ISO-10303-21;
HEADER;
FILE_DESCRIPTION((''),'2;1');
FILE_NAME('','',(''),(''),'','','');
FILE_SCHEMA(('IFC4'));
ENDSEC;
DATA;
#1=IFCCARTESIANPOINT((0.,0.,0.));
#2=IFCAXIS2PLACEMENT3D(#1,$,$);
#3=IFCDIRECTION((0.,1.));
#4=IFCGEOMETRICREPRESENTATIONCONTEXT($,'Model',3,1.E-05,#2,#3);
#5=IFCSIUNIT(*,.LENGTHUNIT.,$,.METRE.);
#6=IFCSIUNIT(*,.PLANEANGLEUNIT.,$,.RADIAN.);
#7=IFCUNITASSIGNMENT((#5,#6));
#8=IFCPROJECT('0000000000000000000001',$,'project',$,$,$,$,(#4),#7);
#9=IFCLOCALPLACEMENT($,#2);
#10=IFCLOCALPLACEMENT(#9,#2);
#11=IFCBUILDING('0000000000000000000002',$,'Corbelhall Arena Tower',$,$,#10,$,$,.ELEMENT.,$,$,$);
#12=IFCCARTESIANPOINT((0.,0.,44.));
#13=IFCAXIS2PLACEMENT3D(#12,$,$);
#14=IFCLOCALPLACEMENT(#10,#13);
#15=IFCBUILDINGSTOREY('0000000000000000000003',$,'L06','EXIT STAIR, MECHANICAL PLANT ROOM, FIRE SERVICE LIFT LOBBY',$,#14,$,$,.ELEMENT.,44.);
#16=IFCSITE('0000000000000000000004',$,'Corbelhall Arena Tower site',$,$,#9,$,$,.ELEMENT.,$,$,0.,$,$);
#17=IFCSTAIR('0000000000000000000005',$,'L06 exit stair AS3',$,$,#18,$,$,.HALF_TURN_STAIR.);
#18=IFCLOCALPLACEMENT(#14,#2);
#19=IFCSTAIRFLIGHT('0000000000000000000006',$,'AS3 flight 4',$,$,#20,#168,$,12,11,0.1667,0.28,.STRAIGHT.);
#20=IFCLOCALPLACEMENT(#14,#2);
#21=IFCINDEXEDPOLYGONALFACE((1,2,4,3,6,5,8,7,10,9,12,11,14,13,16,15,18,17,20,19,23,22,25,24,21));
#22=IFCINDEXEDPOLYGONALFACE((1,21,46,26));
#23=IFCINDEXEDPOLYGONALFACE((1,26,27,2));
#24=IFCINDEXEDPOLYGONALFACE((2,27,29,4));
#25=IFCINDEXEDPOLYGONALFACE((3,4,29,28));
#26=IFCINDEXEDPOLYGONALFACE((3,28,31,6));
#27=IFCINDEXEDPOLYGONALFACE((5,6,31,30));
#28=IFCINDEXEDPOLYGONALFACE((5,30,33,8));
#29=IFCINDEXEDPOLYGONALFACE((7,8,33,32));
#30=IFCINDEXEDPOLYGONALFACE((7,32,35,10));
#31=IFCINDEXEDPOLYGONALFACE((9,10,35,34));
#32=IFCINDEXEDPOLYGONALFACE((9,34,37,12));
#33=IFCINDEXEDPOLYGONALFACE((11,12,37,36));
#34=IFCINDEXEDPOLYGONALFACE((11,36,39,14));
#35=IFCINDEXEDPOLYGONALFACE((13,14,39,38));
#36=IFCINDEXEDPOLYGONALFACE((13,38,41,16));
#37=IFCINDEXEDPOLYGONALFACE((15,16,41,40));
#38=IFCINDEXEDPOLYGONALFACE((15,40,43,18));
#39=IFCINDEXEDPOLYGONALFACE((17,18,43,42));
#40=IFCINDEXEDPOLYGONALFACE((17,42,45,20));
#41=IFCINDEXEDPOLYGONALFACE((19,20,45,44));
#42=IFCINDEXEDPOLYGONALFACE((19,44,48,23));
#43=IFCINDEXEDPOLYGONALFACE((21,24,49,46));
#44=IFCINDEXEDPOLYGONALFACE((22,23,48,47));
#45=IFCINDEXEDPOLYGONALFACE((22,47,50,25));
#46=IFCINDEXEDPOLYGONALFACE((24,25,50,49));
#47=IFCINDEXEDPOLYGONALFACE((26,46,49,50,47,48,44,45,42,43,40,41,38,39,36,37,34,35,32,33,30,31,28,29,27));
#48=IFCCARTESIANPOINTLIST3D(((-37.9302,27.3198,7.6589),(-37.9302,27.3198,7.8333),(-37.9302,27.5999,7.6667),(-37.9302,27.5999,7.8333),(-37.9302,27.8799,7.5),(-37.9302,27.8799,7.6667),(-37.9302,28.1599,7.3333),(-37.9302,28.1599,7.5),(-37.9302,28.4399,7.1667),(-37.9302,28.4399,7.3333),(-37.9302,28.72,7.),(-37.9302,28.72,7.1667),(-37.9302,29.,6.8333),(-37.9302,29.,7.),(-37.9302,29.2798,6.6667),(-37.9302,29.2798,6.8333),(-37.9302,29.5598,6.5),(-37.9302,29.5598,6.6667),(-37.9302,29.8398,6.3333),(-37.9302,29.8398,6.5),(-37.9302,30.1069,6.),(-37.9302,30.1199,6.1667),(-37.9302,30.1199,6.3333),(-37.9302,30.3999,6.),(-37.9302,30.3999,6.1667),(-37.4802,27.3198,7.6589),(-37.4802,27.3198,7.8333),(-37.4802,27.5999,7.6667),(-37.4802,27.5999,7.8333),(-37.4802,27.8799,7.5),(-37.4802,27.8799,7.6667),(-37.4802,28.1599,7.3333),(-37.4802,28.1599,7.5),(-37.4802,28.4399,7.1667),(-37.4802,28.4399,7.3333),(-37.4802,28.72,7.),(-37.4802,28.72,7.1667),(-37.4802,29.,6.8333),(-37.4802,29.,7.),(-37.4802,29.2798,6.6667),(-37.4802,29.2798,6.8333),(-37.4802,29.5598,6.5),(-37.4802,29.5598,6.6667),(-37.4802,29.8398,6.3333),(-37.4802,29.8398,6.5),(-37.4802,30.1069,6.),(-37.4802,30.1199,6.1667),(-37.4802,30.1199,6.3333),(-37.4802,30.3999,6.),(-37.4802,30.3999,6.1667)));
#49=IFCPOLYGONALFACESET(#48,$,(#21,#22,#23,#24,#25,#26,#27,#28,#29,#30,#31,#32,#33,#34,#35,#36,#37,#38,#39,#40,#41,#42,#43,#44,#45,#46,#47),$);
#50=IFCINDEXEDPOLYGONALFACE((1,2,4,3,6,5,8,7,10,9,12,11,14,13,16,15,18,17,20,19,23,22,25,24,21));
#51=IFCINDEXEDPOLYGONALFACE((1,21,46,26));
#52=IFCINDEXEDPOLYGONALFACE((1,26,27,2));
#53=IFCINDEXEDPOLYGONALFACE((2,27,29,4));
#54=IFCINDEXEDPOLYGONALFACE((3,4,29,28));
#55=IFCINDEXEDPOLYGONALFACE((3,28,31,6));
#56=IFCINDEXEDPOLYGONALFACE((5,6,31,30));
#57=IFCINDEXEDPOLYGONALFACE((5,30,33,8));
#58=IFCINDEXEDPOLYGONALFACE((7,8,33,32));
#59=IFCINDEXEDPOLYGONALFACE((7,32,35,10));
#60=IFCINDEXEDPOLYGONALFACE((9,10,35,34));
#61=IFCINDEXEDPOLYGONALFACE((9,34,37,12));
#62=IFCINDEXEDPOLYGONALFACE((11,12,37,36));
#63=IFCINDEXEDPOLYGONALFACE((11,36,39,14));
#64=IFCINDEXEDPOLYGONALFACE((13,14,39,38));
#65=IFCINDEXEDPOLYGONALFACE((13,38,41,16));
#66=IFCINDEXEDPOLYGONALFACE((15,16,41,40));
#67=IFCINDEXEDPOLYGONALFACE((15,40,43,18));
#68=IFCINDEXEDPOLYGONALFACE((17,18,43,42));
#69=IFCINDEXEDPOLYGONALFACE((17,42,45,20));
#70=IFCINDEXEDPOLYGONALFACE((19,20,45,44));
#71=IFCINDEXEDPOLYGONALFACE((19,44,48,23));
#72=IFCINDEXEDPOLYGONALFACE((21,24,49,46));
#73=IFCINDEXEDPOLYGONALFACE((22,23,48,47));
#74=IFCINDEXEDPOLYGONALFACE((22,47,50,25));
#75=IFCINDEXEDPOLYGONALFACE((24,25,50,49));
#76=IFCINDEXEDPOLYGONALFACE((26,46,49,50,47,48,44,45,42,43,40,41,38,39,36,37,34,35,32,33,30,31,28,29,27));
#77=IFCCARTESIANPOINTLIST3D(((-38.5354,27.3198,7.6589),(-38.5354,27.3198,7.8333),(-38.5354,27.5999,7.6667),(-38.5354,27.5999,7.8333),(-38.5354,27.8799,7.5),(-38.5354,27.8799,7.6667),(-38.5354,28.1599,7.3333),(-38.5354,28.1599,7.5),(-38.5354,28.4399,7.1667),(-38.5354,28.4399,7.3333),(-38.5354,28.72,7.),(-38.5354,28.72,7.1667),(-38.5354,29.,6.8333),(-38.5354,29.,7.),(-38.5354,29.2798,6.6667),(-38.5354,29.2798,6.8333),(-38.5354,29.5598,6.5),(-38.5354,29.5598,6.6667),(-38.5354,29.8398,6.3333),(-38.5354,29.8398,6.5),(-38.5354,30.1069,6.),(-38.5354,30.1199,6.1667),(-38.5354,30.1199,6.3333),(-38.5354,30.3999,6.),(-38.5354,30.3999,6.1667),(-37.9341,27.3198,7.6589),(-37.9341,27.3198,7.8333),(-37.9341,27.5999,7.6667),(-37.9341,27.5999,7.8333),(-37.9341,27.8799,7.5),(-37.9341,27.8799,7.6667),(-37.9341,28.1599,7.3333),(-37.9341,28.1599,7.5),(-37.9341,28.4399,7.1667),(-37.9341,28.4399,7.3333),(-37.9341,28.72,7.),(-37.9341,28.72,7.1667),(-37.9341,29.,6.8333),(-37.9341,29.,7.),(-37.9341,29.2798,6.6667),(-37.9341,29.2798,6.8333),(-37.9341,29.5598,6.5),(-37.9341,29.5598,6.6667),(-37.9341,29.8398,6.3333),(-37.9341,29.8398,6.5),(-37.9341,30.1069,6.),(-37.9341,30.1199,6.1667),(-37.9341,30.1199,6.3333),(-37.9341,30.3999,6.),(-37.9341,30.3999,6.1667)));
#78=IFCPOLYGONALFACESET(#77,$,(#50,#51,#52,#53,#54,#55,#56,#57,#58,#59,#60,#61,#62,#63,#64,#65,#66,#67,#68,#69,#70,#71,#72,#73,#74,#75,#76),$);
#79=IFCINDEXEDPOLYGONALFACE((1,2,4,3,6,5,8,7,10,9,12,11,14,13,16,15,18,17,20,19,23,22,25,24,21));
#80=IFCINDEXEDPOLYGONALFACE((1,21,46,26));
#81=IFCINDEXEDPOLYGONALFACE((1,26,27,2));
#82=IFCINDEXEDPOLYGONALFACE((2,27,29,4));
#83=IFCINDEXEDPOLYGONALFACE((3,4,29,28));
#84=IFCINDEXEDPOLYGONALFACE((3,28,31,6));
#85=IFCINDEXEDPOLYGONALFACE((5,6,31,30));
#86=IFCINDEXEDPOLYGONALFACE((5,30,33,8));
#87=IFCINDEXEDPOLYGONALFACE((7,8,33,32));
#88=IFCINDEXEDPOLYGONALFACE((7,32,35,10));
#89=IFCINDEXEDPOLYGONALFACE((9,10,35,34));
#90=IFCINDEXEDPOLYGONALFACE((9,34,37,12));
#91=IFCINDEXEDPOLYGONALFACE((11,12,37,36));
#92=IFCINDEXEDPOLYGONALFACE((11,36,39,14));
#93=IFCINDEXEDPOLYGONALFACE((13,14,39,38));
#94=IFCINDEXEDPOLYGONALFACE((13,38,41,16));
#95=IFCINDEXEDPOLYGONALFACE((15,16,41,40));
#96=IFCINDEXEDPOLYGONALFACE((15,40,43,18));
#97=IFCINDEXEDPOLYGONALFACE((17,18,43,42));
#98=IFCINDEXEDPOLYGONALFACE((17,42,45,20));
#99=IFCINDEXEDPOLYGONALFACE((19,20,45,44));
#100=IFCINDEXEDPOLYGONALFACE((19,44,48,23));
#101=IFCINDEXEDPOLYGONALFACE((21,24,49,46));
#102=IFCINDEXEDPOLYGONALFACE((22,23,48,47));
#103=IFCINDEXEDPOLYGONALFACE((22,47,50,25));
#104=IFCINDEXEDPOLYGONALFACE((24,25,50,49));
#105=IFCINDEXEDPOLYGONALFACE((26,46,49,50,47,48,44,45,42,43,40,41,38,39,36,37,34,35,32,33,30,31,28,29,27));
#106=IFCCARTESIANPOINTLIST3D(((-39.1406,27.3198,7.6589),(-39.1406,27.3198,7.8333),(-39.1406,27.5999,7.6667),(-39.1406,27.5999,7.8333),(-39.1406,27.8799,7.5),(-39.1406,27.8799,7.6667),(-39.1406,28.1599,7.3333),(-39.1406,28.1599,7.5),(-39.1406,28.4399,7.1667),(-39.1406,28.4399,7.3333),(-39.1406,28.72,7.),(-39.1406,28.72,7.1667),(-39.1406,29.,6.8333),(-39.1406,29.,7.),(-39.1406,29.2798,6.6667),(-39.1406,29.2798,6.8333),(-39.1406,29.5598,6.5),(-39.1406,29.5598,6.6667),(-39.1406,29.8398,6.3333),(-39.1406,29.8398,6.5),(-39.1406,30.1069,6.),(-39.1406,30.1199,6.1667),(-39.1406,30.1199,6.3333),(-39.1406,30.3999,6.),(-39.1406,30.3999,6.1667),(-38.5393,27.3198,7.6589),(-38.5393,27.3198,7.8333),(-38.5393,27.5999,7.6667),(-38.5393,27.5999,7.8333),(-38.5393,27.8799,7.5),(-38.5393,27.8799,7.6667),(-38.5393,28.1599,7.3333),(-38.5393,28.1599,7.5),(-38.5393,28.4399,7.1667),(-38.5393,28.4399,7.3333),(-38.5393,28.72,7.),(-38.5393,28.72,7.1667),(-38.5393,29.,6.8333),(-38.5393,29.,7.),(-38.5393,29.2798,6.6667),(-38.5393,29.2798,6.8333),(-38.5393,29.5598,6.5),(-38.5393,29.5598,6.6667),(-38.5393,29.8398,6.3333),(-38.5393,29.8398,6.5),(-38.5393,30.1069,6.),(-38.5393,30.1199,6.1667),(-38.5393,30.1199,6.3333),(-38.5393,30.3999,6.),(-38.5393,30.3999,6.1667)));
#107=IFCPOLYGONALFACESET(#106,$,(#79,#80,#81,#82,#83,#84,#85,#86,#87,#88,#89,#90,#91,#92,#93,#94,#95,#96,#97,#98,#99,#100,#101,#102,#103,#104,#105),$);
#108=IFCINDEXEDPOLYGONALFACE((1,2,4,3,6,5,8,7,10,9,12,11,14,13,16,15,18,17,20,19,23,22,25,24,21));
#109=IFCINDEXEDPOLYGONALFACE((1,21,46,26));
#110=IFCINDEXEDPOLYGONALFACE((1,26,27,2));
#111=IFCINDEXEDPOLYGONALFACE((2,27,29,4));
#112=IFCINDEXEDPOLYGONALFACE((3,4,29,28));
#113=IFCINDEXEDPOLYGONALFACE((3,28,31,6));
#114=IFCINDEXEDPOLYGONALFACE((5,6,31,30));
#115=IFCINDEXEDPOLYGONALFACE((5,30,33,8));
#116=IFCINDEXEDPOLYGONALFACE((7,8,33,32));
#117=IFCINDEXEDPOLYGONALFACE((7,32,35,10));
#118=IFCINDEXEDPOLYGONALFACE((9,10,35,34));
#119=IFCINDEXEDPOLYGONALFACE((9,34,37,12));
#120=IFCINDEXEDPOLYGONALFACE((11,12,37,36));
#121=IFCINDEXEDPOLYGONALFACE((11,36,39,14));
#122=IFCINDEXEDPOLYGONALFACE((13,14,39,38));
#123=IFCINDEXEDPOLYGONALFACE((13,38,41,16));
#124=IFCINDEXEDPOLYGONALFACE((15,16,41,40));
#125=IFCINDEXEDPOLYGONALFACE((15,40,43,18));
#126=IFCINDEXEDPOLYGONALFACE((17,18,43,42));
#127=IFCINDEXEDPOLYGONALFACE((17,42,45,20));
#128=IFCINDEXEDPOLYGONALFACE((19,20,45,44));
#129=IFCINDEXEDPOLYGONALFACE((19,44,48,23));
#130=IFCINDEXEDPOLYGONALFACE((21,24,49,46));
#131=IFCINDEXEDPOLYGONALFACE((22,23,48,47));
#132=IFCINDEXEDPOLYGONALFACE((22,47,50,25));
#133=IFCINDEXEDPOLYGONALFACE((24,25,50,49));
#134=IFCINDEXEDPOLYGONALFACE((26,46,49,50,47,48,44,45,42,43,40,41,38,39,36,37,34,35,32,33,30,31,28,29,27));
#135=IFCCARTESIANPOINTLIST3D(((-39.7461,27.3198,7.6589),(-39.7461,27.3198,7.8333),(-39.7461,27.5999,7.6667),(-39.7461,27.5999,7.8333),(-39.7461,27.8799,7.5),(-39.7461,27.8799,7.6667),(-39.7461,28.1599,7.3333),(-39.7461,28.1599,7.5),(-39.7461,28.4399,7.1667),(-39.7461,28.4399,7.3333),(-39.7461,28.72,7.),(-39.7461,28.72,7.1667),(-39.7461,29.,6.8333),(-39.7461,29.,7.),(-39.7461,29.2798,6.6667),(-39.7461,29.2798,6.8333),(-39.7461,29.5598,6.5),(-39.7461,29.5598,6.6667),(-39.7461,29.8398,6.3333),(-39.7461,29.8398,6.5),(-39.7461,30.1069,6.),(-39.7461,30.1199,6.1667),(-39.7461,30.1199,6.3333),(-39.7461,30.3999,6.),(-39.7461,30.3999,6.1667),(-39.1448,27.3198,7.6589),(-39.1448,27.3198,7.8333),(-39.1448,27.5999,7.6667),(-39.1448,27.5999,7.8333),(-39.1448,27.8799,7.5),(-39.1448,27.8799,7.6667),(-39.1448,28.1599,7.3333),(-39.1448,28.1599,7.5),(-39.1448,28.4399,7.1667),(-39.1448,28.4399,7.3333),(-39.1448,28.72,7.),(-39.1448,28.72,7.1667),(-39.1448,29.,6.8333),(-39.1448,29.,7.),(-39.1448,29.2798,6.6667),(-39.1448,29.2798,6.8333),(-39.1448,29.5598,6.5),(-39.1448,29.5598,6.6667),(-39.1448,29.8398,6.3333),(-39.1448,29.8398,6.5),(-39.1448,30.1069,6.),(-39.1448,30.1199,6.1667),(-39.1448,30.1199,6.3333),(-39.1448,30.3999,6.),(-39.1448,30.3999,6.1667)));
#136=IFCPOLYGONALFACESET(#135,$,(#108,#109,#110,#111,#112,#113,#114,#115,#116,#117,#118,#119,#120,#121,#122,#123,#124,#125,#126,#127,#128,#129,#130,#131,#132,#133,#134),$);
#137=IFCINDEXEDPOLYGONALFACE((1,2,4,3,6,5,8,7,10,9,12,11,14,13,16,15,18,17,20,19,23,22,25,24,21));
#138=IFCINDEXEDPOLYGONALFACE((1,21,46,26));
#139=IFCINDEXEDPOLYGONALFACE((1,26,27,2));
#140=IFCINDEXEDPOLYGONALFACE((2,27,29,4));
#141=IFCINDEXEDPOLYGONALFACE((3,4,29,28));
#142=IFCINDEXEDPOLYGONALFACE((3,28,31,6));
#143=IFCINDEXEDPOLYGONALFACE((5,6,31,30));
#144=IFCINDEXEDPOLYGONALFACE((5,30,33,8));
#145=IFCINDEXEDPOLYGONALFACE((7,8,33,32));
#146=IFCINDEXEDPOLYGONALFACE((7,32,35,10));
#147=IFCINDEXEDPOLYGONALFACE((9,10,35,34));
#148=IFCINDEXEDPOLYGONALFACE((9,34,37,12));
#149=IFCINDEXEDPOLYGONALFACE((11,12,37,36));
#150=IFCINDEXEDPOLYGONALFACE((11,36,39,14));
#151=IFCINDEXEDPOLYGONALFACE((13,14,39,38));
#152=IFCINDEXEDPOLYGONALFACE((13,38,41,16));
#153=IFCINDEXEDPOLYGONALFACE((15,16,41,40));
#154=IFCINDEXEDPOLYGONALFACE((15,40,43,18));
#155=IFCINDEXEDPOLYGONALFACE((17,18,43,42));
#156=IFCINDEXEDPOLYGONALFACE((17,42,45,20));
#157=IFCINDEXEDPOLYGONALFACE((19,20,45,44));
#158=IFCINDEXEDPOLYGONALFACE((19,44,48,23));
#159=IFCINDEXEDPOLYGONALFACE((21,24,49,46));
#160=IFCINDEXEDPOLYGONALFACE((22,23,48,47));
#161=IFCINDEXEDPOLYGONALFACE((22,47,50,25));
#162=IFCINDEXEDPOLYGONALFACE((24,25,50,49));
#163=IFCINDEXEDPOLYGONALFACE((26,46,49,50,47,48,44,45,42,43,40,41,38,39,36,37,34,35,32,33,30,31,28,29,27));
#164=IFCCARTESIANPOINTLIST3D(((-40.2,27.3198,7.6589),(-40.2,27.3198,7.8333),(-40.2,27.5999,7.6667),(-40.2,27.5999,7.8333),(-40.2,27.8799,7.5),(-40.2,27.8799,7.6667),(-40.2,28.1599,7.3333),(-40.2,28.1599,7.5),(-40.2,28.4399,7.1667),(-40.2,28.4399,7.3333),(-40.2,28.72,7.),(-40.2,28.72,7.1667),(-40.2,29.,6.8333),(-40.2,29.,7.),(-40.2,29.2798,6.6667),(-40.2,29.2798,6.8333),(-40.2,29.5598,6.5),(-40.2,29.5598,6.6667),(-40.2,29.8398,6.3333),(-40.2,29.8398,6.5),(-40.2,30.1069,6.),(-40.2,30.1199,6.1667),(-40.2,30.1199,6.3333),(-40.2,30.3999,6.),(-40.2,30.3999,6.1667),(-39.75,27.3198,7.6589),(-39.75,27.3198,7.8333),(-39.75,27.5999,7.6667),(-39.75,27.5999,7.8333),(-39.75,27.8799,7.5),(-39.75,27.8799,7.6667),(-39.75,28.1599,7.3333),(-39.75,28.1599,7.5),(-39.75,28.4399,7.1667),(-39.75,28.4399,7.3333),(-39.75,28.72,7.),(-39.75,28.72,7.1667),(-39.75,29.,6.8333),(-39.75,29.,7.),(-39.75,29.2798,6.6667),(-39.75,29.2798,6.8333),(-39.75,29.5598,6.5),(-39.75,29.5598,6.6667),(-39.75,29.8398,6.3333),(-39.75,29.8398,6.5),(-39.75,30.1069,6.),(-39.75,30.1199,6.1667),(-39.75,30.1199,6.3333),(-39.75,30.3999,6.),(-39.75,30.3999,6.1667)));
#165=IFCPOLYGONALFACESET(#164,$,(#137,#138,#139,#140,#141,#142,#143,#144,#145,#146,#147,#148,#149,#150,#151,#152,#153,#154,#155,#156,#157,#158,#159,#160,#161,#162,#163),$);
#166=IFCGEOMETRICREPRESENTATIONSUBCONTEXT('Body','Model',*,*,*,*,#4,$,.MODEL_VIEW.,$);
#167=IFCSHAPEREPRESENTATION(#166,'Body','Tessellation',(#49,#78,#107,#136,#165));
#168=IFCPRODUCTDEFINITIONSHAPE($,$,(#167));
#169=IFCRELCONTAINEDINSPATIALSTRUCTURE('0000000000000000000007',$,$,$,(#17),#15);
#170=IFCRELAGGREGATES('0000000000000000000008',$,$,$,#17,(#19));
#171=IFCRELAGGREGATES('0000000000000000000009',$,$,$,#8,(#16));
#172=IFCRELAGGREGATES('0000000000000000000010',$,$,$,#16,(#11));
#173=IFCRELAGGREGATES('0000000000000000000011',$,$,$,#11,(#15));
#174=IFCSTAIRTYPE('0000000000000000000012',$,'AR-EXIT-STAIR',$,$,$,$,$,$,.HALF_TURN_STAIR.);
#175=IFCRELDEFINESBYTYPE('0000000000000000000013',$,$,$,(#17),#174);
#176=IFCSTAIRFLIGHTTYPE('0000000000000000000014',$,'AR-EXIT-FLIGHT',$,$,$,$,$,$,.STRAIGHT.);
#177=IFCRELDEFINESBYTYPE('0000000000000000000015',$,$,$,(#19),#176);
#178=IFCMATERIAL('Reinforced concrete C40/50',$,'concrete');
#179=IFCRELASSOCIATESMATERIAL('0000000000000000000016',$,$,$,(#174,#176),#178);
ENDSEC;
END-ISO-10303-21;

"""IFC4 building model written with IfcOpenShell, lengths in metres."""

from ifc_helpers import new_model, si_unit, direction, frame, origin, place, context, subcontext, project, spatial, polyline, outline, extrude, material, type_object, element, aggregate, save


model = new_model("IFC4")

# Units and contexts
model_context = context("Model", 3, precision=1e-05, world=origin(), true_north=direction((0.0, 1.0)))
body_context = subcontext(model_context, "Body", "Model", "MODEL_VIEW")
ifc_project = project(units=[si_unit("LENGTHUNIT", "METRE"), si_unit("PLANEANGLEUNIT", "RADIAN")], contexts=[model_context])

# Site, building, storey
site_placement = place(None, origin())
site = spatial("IfcSite", under=ifc_project, at=site_placement, Name="Corbelhall Arena Tower site", CompositionType="ELEMENT", RefElevation=0.0)
building_placement = place(site_placement, origin())
building = spatial("IfcBuilding", under=site, at=building_placement, Name="Corbelhall Arena Tower", CompositionType="ELEMENT")
storey_placement = place(building_placement, frame((0.0, 0.0, 44.0)))
storey = spatial("IfcBuildingStorey", under=building, at=storey_placement, Name="L06", Description="EXIT STAIR, MECHANICAL PLANT ROOM, FIRE SERVICE LIFT LOBBY", CompositionType="ELEMENT", Elevation=44.0)

# Shared definitions
ifc_material_1 = material(Name="Reinforced concrete C40/50", Category="concrete")

# Stair, stair flight
stair_type = type_object("IfcStairType", Name="AR-EXIT-STAIR", PredefinedType="HALF_TURN_STAIR", material=ifc_material_1)
stair_1_placement = place(storey_placement, origin())
stair_1 = element("IfcStair", 1, at=stair_1_placement, inside=storey, type_object=stair_type, Name="L06 exit stair AS3", PredefinedType="HALF_TURN_STAIR")
stair_flight_type = type_object("IfcStairFlightType", Name="AR-EXIT-FLIGHT", PredefinedType="STRAIGHT", material=ifc_material_1)
stair_flight_1_placement = place(storey_placement, frame((-38.8401, 30.3999, 6.0), z_axis=(0.0, 0.0, 1.0), x_axis=(0.0, -1.0, 0.0)))
stair_flight_1 = element("IfcStairFlight", 2, at=stair_flight_1_placement, type_object=stair_flight_type, Name="AS3 flight 4", NumberOfRisers=12, NumberOfTreads=11, PredefinedType="STRAIGHT", RiserHeight=0.1667, TreadLength=0.28, context=body_context, shape_type="SweptSolid", body=[
    extrude(outline(polyline([(0.0, 0.0), (0.0, 0.1667), (0.28, 0.1667), (0.28, 0.3333), (0.5601, 0.3333), (0.5601, 0.5), (0.8401, 0.5), (0.8401, 0.6667), (1.1201, 0.6667), (1.1201, 0.8333), (1.3999, 0.8333), (1.3999, 1.0), (1.6799, 1.0), (1.6799, 1.1667), (1.96, 1.1667), (1.96, 1.3333), (2.24, 1.3333), (2.24, 1.5), (2.52, 1.5), (2.52, 1.6667), (2.8, 1.6667), (2.8, 1.8333), (3.0801, 1.8333), (3.0801, 2.0), (3.0801, 1.6589), (0.293, 0.0), (0.0, 0.0)])), frame((0.0, 1.3599, 0.0), z_axis=(0.0, -1.0, 0.0), x_axis=(1.0, 0.0, 0.0)), (0.0, 0.0, 1.0), 0.45),
    extrude(outline(polyline([(0.0, 0.0), (0.0, 0.1667), (0.28, 0.1667), (0.28, 0.3333), (0.5601, 0.3333), (0.5601, 0.5), (0.8401, 0.5), (0.8401, 0.6667), (1.1201, 0.6667), (1.1201, 0.8333), (1.3999, 0.8333), (1.3999, 1.0), (1.6799, 1.0), (1.6799, 1.1667), (1.96, 1.1667), (1.96, 1.3333), (2.24, 1.3333), (2.24, 1.5), (2.52, 1.5), (2.52, 1.6667), (2.8, 1.6667), (2.8, 1.8333), (3.0801, 1.8333), (3.0801, 2.0), (3.0801, 1.6589), (0.293, 0.0), (0.0, 0.0)])), frame((0.0, 0.906, 0.0), z_axis=(0.0, -1.0, 0.0), x_axis=(1.0, 0.0, 0.0)), (0.0, 0.0, 1.0), 0.6013),
    extrude(outline(polyline([(0.0, 0.0), (0.0, 0.1667), (0.28, 0.1667), (0.28, 0.3333), (0.5601, 0.3333), (0.5601, 0.5), (0.8401, 0.5), (0.8401, 0.6667), (1.1201, 0.6667), (1.1201, 0.8333), (1.3999, 0.8333), (1.3999, 1.0), (1.6799, 1.0), (1.6799, 1.1667), (1.96, 1.1667), (1.96, 1.3333), (2.24, 1.3333), (2.24, 1.5), (2.52, 1.5), (2.52, 1.6667), (2.8, 1.6667), (2.8, 1.8333), (3.0801, 1.8333), (3.0801, 2.0), (3.0801, 1.6589), (0.293, 0.0), (0.0, 0.0)])), frame((0.0, 0.3008, 0.0), z_axis=(0.0, -1.0, 0.0), x_axis=(1.0, 0.0, 0.0)), (0.0, 0.0, 1.0), 0.6013),
    extrude(outline(polyline([(0.0, 0.0), (0.0, 0.1667), (0.28, 0.1667), (0.28, 0.3333), (0.5601, 0.3333), (0.5601, 0.5), (0.8401, 0.5), (0.8401, 0.6667), (1.1201, 0.6667), (1.1201, 0.8333), (1.3999, 0.8333), (1.3999, 1.0), (1.6799, 1.0), (1.6799, 1.1667), (1.96, 1.1667), (1.96, 1.3333), (2.24, 1.3333), (2.24, 1.5), (2.52, 1.5), (2.52, 1.6667), (2.8, 1.6667), (2.8, 1.8333), (3.0801, 1.8333), (3.0801, 2.0), (3.0801, 1.6589), (0.293, 0.0), (0.0, 0.0)])), frame((0.0, -0.3047, 0.0), z_axis=(0.0, -1.0, 0.0), x_axis=(1.0, 0.0, 0.0)), (0.0, 0.0, 1.0), 0.6013),
    extrude(outline(polyline([(0.0, 0.0), (0.0, 0.1667), (0.28, 0.1667), (0.28, 0.3333), (0.5601, 0.3333), (0.5601, 0.5), (0.8401, 0.5), (0.8401, 0.6667), (1.1201, 0.6667), (1.1201, 0.8333), (1.3999, 0.8333), (1.3999, 1.0), (1.6799, 1.0), (1.6799, 1.1667), (1.96, 1.1667), (1.96, 1.3333), (2.24, 1.3333), (2.24, 1.5), (2.52, 1.5), (2.52, 1.6667), (2.8, 1.6667), (2.8, 1.8333), (3.0801, 1.8333), (3.0801, 2.0), (3.0801, 1.6589), (0.293, 0.0), (0.0, 0.0)])), frame((0.0, -0.9099, 0.0), z_axis=(0.0, -1.0, 0.0), x_axis=(1.0, 0.0, 0.0)), (0.0, 0.0, 1.0), 0.45),
])
aggregate(stair_1, [stair_flight_1])

save(model, "model.ifc")
